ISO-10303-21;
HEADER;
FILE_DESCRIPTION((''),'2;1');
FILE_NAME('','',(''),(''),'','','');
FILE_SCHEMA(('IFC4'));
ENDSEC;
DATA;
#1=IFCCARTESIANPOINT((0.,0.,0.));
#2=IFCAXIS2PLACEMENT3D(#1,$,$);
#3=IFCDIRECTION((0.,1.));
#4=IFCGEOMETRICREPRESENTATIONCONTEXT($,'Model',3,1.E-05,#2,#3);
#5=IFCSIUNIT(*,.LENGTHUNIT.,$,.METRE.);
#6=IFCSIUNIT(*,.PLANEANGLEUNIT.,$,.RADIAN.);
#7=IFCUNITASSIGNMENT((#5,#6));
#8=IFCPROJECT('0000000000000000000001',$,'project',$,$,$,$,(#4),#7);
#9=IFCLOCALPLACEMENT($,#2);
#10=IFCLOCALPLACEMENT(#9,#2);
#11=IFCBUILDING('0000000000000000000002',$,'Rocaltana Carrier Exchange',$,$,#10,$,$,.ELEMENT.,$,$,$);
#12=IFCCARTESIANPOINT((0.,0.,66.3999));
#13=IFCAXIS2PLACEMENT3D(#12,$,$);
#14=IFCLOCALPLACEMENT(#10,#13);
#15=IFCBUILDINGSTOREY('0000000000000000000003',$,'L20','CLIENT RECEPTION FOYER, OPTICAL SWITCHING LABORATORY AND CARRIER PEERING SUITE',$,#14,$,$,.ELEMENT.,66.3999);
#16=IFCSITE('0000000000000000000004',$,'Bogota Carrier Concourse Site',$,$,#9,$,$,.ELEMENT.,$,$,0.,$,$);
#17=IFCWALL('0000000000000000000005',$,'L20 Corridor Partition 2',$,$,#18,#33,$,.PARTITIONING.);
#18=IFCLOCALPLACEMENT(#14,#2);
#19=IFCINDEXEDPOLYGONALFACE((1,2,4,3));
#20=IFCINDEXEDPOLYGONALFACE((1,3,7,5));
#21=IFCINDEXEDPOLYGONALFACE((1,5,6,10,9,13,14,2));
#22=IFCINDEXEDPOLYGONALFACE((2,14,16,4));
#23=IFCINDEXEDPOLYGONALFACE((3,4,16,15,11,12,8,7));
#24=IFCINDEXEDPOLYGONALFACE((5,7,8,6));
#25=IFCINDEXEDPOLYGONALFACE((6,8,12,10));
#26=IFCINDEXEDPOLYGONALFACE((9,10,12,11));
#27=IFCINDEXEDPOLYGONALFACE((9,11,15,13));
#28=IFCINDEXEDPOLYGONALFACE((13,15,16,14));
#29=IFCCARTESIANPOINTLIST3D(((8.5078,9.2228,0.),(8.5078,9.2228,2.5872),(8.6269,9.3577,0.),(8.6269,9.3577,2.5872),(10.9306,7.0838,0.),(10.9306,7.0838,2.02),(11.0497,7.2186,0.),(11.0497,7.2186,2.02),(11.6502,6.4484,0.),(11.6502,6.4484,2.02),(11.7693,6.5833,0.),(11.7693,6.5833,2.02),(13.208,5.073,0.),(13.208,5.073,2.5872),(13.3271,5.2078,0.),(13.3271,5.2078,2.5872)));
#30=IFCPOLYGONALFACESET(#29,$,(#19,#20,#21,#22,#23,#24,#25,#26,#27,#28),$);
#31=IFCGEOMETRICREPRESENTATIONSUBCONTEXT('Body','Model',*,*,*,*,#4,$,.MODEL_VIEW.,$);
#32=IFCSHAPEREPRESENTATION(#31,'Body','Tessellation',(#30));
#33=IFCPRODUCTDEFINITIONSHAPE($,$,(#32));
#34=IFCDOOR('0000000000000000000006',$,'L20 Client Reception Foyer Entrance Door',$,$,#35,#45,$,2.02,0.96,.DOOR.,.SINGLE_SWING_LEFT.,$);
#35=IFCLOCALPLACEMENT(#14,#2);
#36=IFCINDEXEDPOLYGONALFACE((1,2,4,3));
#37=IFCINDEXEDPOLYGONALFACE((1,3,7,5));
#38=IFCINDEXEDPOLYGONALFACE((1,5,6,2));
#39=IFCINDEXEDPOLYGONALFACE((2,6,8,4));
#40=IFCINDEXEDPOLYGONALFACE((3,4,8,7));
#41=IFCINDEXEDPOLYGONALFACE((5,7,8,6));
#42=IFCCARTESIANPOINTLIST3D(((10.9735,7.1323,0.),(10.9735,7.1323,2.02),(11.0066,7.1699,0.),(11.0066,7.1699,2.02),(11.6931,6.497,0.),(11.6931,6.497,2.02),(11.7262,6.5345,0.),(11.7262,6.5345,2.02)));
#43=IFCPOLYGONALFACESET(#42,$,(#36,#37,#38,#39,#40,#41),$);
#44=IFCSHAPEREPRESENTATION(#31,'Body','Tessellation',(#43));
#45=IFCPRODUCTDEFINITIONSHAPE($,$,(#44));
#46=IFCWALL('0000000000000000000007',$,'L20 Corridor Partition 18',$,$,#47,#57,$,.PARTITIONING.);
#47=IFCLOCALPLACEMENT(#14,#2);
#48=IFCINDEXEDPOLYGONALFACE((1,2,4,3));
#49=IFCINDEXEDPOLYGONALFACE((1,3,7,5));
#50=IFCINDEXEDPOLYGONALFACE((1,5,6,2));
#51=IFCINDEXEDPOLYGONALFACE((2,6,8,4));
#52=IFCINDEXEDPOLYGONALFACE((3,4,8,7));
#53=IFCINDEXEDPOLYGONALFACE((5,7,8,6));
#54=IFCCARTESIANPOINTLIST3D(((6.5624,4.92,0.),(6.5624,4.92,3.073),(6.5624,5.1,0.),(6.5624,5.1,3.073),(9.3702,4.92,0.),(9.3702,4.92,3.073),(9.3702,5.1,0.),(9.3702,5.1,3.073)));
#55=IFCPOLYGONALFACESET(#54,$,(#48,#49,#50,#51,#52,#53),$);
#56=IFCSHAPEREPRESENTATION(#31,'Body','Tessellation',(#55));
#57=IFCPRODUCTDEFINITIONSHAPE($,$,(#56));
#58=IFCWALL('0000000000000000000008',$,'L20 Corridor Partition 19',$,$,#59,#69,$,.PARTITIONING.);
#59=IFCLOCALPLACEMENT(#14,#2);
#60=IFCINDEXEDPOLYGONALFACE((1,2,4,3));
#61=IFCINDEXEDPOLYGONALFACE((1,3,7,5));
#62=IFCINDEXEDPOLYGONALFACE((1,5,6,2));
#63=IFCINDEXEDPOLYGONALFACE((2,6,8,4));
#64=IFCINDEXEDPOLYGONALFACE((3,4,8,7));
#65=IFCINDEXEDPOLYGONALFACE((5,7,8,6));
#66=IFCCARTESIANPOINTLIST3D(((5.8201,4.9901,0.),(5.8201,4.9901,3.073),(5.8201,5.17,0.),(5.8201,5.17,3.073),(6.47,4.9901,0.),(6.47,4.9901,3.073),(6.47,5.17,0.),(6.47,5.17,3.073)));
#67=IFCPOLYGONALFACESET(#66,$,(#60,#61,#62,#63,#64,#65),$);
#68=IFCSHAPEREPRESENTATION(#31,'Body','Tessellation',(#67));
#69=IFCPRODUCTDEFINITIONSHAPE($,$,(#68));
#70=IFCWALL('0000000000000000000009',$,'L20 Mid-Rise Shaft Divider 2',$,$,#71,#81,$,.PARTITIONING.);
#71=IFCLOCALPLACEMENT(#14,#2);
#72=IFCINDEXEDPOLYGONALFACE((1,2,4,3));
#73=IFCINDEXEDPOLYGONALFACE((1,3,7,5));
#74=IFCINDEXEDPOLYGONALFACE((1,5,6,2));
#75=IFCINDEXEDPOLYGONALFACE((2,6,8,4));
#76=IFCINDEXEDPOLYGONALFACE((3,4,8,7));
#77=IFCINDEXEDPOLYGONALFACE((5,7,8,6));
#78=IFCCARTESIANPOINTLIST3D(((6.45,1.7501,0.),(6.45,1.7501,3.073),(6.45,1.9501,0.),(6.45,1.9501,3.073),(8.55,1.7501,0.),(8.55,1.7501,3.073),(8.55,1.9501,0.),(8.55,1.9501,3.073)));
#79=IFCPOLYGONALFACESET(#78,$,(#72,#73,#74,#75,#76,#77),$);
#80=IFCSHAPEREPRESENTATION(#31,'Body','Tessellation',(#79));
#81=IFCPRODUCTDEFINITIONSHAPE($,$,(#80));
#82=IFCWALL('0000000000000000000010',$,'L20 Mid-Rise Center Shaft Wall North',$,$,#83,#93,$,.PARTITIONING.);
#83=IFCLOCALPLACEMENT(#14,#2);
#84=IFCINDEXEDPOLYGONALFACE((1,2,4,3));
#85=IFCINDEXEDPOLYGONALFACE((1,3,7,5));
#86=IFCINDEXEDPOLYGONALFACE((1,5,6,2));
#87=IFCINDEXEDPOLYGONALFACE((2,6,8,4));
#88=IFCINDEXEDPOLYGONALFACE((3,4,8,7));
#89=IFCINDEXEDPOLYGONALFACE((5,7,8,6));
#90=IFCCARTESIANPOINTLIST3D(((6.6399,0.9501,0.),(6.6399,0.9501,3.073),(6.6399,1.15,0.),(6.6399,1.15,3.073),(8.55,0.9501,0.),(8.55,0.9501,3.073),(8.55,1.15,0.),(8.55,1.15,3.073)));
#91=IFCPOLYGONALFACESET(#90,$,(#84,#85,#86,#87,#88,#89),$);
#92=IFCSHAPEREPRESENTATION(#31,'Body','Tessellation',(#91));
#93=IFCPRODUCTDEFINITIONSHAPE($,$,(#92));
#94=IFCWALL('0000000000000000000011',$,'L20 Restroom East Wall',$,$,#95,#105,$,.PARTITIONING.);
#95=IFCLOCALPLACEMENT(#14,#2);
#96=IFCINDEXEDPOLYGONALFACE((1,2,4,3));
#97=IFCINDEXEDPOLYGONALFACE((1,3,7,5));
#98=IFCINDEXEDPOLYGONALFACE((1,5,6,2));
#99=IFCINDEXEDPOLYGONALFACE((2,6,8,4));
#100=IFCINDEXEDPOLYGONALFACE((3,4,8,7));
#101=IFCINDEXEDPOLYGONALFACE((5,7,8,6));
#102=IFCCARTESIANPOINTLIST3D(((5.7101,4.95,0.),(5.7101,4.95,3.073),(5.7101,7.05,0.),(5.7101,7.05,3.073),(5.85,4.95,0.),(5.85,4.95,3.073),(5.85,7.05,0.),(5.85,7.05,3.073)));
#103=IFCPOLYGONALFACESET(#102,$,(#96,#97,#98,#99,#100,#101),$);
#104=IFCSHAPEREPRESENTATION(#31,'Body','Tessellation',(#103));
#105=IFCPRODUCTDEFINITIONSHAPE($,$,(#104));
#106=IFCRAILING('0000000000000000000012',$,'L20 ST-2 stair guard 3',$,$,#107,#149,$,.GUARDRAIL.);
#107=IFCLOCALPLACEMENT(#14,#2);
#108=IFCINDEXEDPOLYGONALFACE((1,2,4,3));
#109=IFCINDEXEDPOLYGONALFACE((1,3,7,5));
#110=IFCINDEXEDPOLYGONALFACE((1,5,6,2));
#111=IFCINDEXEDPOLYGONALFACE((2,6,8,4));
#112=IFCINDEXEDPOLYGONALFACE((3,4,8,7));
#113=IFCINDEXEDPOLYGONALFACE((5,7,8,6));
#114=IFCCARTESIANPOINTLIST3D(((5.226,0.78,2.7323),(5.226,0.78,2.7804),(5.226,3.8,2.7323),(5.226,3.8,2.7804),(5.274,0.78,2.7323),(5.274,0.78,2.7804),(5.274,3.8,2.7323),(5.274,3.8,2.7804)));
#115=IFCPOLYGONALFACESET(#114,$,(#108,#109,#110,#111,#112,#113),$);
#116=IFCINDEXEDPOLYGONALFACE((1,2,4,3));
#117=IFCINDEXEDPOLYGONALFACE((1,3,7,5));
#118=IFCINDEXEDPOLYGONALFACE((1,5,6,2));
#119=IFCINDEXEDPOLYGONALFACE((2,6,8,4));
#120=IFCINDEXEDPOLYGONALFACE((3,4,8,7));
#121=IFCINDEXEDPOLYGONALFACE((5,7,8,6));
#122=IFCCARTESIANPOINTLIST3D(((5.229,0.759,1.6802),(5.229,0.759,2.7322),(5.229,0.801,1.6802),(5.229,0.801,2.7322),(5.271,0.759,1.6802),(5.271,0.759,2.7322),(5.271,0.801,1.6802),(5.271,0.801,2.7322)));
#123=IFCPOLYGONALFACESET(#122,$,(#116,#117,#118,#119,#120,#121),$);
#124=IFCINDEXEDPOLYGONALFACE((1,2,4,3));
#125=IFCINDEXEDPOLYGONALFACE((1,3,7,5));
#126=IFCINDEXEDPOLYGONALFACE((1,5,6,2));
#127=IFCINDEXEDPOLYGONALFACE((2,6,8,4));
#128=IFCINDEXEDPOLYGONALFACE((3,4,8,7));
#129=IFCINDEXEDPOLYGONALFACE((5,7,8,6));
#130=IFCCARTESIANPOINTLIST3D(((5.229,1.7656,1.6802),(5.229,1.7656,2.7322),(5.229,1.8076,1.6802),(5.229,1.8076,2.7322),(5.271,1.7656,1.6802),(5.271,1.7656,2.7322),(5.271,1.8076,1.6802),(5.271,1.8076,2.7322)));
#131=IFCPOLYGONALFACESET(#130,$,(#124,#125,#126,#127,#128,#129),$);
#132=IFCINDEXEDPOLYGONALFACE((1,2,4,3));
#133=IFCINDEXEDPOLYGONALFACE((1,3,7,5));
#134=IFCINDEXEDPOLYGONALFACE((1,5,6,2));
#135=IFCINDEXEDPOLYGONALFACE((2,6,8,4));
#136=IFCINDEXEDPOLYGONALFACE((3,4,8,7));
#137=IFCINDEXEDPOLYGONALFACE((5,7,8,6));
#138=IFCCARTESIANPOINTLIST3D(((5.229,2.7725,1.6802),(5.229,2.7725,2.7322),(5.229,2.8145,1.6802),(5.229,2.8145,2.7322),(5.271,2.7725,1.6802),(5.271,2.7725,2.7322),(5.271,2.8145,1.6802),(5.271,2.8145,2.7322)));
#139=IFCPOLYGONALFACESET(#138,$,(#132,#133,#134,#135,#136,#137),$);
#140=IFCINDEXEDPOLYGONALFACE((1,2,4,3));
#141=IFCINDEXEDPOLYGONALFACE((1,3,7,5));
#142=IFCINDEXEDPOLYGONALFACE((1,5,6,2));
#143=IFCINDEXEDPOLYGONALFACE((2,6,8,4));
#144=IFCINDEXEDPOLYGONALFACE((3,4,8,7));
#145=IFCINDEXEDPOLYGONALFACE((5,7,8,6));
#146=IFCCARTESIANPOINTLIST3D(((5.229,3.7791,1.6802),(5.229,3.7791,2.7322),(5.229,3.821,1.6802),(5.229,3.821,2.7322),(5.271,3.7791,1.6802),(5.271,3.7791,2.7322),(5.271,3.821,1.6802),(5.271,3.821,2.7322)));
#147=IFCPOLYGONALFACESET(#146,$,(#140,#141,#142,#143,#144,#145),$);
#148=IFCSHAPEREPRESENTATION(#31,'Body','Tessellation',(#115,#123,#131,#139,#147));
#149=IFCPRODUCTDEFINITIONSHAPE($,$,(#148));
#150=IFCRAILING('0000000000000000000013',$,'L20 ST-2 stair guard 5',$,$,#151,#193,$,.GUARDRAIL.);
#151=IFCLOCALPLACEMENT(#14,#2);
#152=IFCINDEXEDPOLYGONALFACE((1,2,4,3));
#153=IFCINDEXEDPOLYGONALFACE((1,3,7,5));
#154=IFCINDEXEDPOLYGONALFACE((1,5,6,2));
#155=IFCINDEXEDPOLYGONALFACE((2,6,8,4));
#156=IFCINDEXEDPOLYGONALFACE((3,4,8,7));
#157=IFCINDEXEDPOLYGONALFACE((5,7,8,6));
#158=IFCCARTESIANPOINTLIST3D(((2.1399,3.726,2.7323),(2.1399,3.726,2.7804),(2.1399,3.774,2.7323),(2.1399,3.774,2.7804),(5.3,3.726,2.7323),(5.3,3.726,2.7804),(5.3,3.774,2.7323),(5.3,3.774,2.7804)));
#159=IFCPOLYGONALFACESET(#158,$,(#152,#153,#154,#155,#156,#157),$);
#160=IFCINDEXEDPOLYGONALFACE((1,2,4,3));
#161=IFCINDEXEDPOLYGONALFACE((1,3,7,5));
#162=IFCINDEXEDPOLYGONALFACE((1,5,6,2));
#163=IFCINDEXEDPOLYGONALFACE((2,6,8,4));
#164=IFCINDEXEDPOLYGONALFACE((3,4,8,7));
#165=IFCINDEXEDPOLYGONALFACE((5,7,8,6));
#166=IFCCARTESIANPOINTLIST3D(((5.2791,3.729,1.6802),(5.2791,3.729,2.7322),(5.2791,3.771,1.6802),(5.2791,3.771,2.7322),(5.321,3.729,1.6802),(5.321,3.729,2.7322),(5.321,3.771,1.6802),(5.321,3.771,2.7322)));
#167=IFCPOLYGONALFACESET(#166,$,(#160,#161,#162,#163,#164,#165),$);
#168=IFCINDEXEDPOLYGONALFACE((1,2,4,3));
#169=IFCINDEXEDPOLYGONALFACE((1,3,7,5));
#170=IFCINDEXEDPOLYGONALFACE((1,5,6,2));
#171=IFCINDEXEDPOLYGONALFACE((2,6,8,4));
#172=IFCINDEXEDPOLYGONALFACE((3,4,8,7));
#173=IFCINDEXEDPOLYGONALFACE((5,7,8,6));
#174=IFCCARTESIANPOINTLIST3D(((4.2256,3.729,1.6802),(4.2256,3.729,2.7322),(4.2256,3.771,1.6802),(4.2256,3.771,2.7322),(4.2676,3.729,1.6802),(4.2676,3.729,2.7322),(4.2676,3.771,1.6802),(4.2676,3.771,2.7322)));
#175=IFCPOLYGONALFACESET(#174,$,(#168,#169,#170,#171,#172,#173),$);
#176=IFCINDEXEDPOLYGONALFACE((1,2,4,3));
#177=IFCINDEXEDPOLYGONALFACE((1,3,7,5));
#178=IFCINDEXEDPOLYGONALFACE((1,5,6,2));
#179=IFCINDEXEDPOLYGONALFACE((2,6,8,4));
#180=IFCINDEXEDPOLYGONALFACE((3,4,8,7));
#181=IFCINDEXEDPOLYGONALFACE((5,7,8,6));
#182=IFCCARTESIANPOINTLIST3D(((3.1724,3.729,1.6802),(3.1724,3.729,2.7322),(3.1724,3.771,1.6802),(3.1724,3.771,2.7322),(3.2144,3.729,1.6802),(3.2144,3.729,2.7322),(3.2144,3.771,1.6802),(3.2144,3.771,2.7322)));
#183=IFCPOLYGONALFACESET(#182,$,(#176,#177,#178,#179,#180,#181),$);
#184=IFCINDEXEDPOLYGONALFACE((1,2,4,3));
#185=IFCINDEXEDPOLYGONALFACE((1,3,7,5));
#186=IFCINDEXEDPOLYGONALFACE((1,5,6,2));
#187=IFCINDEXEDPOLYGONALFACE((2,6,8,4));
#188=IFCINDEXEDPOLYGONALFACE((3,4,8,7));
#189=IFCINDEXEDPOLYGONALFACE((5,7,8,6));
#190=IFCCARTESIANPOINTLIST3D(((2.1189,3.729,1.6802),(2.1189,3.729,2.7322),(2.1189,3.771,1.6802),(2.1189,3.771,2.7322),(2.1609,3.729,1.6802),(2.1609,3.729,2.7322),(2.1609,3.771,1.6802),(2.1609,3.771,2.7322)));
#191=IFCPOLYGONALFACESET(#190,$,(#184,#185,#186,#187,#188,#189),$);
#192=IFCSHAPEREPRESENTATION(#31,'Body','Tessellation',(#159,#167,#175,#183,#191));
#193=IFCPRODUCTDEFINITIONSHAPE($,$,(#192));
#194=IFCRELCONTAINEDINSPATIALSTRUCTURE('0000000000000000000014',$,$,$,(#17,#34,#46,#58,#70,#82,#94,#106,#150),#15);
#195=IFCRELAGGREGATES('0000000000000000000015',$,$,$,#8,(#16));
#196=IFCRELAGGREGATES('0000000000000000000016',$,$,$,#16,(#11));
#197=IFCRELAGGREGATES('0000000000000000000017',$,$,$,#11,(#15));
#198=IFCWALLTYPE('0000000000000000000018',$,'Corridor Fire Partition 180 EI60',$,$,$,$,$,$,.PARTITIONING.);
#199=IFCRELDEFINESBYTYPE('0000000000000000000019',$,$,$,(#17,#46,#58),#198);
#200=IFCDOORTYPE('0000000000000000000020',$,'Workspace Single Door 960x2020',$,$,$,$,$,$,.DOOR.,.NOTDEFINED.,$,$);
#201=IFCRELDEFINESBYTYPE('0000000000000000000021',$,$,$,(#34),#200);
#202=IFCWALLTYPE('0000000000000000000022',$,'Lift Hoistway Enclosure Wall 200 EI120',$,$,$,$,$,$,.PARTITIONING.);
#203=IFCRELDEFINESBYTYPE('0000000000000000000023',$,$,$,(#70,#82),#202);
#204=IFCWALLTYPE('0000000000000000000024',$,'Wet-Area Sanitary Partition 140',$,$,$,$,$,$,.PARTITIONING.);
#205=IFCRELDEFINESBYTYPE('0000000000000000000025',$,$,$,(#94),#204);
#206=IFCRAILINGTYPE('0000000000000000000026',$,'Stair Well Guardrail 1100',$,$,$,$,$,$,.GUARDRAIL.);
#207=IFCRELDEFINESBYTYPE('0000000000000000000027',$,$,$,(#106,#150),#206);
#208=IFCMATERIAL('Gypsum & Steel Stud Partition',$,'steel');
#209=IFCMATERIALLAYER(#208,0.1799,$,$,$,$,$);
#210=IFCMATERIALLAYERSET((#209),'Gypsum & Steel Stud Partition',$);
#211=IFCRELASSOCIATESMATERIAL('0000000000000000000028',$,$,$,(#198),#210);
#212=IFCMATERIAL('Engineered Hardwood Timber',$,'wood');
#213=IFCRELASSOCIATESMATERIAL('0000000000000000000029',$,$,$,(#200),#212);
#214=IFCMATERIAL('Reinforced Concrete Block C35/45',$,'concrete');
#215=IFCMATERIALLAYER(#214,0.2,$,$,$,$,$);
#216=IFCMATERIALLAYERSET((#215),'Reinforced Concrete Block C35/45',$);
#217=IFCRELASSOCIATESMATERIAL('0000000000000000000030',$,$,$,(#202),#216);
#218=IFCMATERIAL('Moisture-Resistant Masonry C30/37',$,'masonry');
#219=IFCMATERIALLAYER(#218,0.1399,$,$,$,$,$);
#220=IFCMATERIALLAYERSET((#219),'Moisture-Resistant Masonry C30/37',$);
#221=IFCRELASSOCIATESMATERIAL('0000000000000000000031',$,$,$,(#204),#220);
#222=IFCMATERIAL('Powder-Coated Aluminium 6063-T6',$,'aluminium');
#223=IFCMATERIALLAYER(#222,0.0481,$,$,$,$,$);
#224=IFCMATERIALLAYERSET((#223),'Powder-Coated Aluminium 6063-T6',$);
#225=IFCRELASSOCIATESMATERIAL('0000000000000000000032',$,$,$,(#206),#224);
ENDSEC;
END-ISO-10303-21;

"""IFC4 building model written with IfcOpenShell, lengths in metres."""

from ifc_helpers import new_model, si_unit, direction, frame, frame_2d, origin, origin_2d, place, context, subcontext, project, spatial, rectangle, extrude, material, layer, layer_set, type_object, element, fill, save


model = new_model("IFC4")

# Units and contexts
model_context = context("Model", 3, precision=1e-05, world=origin(), true_north=direction((0.0, 1.0)))
body_context = subcontext(model_context, "Body", "Model", "MODEL_VIEW")
ifc_project = project(units=[si_unit("LENGTHUNIT", "METRE"), si_unit("PLANEANGLEUNIT", "RADIAN")], contexts=[model_context])

# Site, building, storey
site_placement = place(None, origin())
site = spatial("IfcSite", under=ifc_project, at=site_placement, Name="Bogota Carrier Concourse Site", CompositionType="ELEMENT", RefElevation=0.0)
building_placement = place(site_placement, origin())
building = spatial("IfcBuilding", under=site, at=building_placement, Name="Rocaltana Carrier Exchange", CompositionType="ELEMENT")
storey_placement = place(building_placement, frame((0.0, 0.0, 66.3999)))
storey = spatial("IfcBuildingStorey", under=building, at=storey_placement, Name="L20", Description="CLIENT RECEPTION FOYER, OPTICAL SWITCHING LABORATORY AND CARRIER PEERING SUITE", CompositionType="ELEMENT", Elevation=66.3999)

# Wall, opening, door
ifc_material_1 = material(Name="Gypsum & Steel Stud Partition", Category="steel")
ifc_layer_1 = layer(ifc_material_1, 0.1799)
ifc_layer_set_1 = layer_set([ifc_layer_1], Name="Gypsum & Steel Stud Partition")
wall_type_1 = type_object("IfcWallType", Name="Corridor Fire Partition 180 EI60", PredefinedType="PARTITIONING", material=ifc_layer_set_1)
wall_1_placement = place(storey_placement, frame((8.5674, 9.2903, 0.0), z_axis=(0.0, 0.0, 1.0), x_axis=(0.749626, -0.661861, 0.0)))
wall_1 = element("IfcWall", 1, at=wall_1_placement, inside=storey, type_object=wall_type_1, Name="L20 Corridor Partition 2", PredefinedType="PARTITIONING", context=body_context, shape_type="SweptSolid", body=[
    extrude(rectangle(XDim=6.27, YDim=0.1799, at=frame_2d((3.135, 0.0))), origin(), (0.0, 0.0, 1.0), 2.5872),
])
opening_placement = place(wall_1_placement, frame((3.2319, 0.0, 0.0)))
opening = element("IfcOpeningElement", 2, at=opening_placement, cuts=wall_1, PredefinedType="OPENING", context=body_context, shape_type="SweptSolid", body=[
    extrude(rectangle(XDim=0.96, YDim=2.02, at=frame_2d((0.48, 1.01))), frame((0.0, 0.0999, 0.0), z_axis=(0.0, -1.0, 0.0), x_axis=(1.0, 0.0, 0.0)), (0.0, 0.0, 1.0), 0.2),
])
ifc_material_2 = material(Name="Engineered Hardwood Timber", Category="wood")
door_type = type_object("IfcDoorType", Name="Workspace Single Door 960x2020", OperationType="NOTDEFINED", PredefinedType="DOOR", material=ifc_material_2)
door_placement = place(opening_placement, origin())
door = element("IfcDoor", 3, at=door_placement, inside=storey, type_object=door_type, Name="L20 Client Reception Foyer Entrance Door", OperationType="SINGLE_SWING_LEFT", OverallHeight=2.02, OverallWidth=0.96, PredefinedType="DOOR", context=body_context, shape_type="SweptSolid", body=[
    extrude(rectangle(XDim=0.96, YDim=2.02, at=frame_2d((0.48, 1.01))), frame((0.0, 0.0249, 0.0), z_axis=(0.0, -1.0, 0.0), x_axis=(1.0, 0.0, 0.0)), (0.0, 0.0, 1.0), 0.05),
])
fill(opening, door)

# Walls
wall_2_placement = place(storey_placement, frame((9.3701, 5.01, 0.0), z_axis=(0.0, 0.0, 1.0), x_axis=(-1.0, 0.0, 0.0)))
element("IfcWall", 4, at=wall_2_placement, inside=storey, type_object=wall_type_1, Name="L20 Corridor Partition 18", PredefinedType="PARTITIONING", context=body_context, shape_type="SweptSolid", body=[
    extrude(rectangle(XDim=2.8079, YDim=0.1799, at=frame_2d((1.4038, 0.0))), origin(), (0.0, 0.0, 1.0), 3.073),
])
wall_3_placement = place(storey_placement, frame((6.47, 5.0801, 0.0), z_axis=(0.0, 0.0, 1.0), x_axis=(-1.0, 0.0, 0.0)))
element("IfcWall", 5, at=wall_3_placement, inside=storey, type_object=wall_type_1, Name="L20 Corridor Partition 19", PredefinedType="PARTITIONING", context=body_context, shape_type="SweptSolid", body=[
    extrude(rectangle(XDim=0.6499, YDim=0.1799, at=frame_2d((0.325, 0.0))), origin(), (0.0, 0.0, 1.0), 3.073),
])
ifc_material_3 = material(Name="Reinforced Concrete Block C35/45", Category="concrete")
ifc_layer_2 = layer(ifc_material_3, 0.2)
ifc_layer_set_2 = layer_set([ifc_layer_2], Name="Reinforced Concrete Block C35/45")
wall_type_2 = type_object("IfcWallType", Name="Lift Hoistway Enclosure Wall 200 EI120", PredefinedType="PARTITIONING", material=ifc_layer_set_2)
wall_4_placement = place(storey_placement, frame((6.45, 1.8501, 0.0), z_axis=(0.0, 0.0, 1.0), x_axis=(1.0, 0.0, 0.0)))
element("IfcWall", 6, at=wall_4_placement, inside=storey, type_object=wall_type_2, Name="L20 Mid-Rise Shaft Divider 2", PredefinedType="PARTITIONING", context=body_context, shape_type="SweptSolid", body=[
    extrude(rectangle(XDim=2.1001, YDim=0.2, at=frame_2d((1.05, 0.0))), origin(), (0.0, 0.0, 1.0), 3.073),
])
wall_5_placement = place(storey_placement, frame((6.6399, 1.05, 0.0), z_axis=(0.0, 0.0, 1.0), x_axis=(1.0, 0.0, 0.0)))
element("IfcWall", 7, at=wall_5_placement, inside=storey, type_object=wall_type_2, Name="L20 Mid-Rise Center Shaft Wall North", PredefinedType="PARTITIONING", context=body_context, shape_type="SweptSolid", body=[
    extrude(rectangle(XDim=1.9102, YDim=0.2, at=frame_2d((0.9551, 0.0))), origin(), (0.0, 0.0, 1.0), 3.073),
])
ifc_material_4 = material(Name="Moisture-Resistant Masonry C30/37", Category="masonry")
ifc_layer_3 = layer(ifc_material_4, 0.1399)
ifc_layer_set_3 = layer_set([ifc_layer_3], Name="Moisture-Resistant Masonry C30/37")
wall_type_3 = type_object("IfcWallType", Name="Wet-Area Sanitary Partition 140", PredefinedType="PARTITIONING", material=ifc_layer_set_3)
wall_6_placement = place(storey_placement, frame((5.78, 4.95, 0.0), z_axis=(0.0, 0.0, 1.0), x_axis=(0.0, 1.0, 0.0)))
element("IfcWall", 8, at=wall_6_placement, inside=storey, type_object=wall_type_3, Name="L20 Restroom East Wall", PredefinedType="PARTITIONING", context=body_context, shape_type="SweptSolid", body=[
    extrude(rectangle(XDim=2.1001, YDim=0.1399, at=frame_2d((1.05, 0.0))), origin(), (0.0, 0.0, 1.0), 3.073),
])

# Railings
ifc_material_5 = material(Name="Powder-Coated Aluminium 6063-T6", Category="aluminium")
ifc_layer_4 = layer(ifc_material_5, 0.0481)
ifc_layer_set_4 = layer_set([ifc_layer_4], Name="Powder-Coated Aluminium 6063-T6")
railing_type = type_object("IfcRailingType", Name="Stair Well Guardrail 1100", PredefinedType="GUARDRAIL", material=ifc_layer_set_4)
railing_1_placement = place(storey_placement, frame((5.25, 0.78, 1.6802)))
element("IfcRailing", 9, at=railing_1_placement, inside=storey, type_object=railing_type, Name="L20 ST-2 stair guard 3", PredefinedType="GUARDRAIL", context=body_context, shape_type="SweptSolid", body=[
    extrude(rectangle(XDim=0.0481, YDim=0.0481, at=origin_2d()), frame((0.0, 0.0, 1.0762), z_axis=(0.0, 1.0, 0.0), x_axis=(-1.0, 0.0, 0.0)), (0.0, 0.0, 1.0), 3.02),
    extrude(rectangle(XDim=0.042, YDim=0.042, at=origin_2d()), origin(), (0.0, 0.0, 1.0), 1.052),
    extrude(rectangle(XDim=0.042, YDim=0.042, at=origin_2d()), frame((0.0, 1.0066, 0.0)), (0.0, 0.0, 1.0), 1.052),
    extrude(rectangle(XDim=0.042, YDim=0.042, at=origin_2d()), frame((0.0, 2.0134, 0.0)), (0.0, 0.0, 1.0), 1.052),
    extrude(rectangle(XDim=0.042, YDim=0.042, at=origin_2d()), frame((0.0, 3.02, 0.0)), (0.0, 0.0, 1.0), 1.052),
])
railing_2_placement = place(storey_placement, frame((5.3, 3.75, 1.6802)))
element("IfcRailing", 10, at=railing_2_placement, inside=storey, type_object=railing_type, Name="L20 ST-2 stair guard 5", PredefinedType="GUARDRAIL", context=body_context, shape_type="SweptSolid", body=[
    extrude(rectangle(XDim=0.0481, YDim=0.0481, at=origin_2d()), frame((0.0, 0.0, 1.0762), z_axis=(-1.0, 0.0, 0.0), x_axis=(0.0, -1.0, 0.0)), (0.0, 0.0, 1.0), 3.1602),
    extrude(rectangle(XDim=0.042, YDim=0.042, at=origin_2d()), origin(), (0.0, 0.0, 1.0), 1.052),
    extrude(rectangle(XDim=0.042, YDim=0.042, at=origin_2d()), frame((-1.0535, 0.0, 0.0)), (0.0, 0.0, 1.0), 1.052),
    extrude(rectangle(XDim=0.042, YDim=0.042, at=origin_2d()), frame((-2.1067, 0.0, 0.0)), (0.0, 0.0, 1.0), 1.052),
    extrude(rectangle(XDim=0.042, YDim=0.042, at=origin_2d()), frame((-3.1602, 0.0, 0.0)), (0.0, 0.0, 1.0), 1.052),
])

save(model, "model.ifc")
